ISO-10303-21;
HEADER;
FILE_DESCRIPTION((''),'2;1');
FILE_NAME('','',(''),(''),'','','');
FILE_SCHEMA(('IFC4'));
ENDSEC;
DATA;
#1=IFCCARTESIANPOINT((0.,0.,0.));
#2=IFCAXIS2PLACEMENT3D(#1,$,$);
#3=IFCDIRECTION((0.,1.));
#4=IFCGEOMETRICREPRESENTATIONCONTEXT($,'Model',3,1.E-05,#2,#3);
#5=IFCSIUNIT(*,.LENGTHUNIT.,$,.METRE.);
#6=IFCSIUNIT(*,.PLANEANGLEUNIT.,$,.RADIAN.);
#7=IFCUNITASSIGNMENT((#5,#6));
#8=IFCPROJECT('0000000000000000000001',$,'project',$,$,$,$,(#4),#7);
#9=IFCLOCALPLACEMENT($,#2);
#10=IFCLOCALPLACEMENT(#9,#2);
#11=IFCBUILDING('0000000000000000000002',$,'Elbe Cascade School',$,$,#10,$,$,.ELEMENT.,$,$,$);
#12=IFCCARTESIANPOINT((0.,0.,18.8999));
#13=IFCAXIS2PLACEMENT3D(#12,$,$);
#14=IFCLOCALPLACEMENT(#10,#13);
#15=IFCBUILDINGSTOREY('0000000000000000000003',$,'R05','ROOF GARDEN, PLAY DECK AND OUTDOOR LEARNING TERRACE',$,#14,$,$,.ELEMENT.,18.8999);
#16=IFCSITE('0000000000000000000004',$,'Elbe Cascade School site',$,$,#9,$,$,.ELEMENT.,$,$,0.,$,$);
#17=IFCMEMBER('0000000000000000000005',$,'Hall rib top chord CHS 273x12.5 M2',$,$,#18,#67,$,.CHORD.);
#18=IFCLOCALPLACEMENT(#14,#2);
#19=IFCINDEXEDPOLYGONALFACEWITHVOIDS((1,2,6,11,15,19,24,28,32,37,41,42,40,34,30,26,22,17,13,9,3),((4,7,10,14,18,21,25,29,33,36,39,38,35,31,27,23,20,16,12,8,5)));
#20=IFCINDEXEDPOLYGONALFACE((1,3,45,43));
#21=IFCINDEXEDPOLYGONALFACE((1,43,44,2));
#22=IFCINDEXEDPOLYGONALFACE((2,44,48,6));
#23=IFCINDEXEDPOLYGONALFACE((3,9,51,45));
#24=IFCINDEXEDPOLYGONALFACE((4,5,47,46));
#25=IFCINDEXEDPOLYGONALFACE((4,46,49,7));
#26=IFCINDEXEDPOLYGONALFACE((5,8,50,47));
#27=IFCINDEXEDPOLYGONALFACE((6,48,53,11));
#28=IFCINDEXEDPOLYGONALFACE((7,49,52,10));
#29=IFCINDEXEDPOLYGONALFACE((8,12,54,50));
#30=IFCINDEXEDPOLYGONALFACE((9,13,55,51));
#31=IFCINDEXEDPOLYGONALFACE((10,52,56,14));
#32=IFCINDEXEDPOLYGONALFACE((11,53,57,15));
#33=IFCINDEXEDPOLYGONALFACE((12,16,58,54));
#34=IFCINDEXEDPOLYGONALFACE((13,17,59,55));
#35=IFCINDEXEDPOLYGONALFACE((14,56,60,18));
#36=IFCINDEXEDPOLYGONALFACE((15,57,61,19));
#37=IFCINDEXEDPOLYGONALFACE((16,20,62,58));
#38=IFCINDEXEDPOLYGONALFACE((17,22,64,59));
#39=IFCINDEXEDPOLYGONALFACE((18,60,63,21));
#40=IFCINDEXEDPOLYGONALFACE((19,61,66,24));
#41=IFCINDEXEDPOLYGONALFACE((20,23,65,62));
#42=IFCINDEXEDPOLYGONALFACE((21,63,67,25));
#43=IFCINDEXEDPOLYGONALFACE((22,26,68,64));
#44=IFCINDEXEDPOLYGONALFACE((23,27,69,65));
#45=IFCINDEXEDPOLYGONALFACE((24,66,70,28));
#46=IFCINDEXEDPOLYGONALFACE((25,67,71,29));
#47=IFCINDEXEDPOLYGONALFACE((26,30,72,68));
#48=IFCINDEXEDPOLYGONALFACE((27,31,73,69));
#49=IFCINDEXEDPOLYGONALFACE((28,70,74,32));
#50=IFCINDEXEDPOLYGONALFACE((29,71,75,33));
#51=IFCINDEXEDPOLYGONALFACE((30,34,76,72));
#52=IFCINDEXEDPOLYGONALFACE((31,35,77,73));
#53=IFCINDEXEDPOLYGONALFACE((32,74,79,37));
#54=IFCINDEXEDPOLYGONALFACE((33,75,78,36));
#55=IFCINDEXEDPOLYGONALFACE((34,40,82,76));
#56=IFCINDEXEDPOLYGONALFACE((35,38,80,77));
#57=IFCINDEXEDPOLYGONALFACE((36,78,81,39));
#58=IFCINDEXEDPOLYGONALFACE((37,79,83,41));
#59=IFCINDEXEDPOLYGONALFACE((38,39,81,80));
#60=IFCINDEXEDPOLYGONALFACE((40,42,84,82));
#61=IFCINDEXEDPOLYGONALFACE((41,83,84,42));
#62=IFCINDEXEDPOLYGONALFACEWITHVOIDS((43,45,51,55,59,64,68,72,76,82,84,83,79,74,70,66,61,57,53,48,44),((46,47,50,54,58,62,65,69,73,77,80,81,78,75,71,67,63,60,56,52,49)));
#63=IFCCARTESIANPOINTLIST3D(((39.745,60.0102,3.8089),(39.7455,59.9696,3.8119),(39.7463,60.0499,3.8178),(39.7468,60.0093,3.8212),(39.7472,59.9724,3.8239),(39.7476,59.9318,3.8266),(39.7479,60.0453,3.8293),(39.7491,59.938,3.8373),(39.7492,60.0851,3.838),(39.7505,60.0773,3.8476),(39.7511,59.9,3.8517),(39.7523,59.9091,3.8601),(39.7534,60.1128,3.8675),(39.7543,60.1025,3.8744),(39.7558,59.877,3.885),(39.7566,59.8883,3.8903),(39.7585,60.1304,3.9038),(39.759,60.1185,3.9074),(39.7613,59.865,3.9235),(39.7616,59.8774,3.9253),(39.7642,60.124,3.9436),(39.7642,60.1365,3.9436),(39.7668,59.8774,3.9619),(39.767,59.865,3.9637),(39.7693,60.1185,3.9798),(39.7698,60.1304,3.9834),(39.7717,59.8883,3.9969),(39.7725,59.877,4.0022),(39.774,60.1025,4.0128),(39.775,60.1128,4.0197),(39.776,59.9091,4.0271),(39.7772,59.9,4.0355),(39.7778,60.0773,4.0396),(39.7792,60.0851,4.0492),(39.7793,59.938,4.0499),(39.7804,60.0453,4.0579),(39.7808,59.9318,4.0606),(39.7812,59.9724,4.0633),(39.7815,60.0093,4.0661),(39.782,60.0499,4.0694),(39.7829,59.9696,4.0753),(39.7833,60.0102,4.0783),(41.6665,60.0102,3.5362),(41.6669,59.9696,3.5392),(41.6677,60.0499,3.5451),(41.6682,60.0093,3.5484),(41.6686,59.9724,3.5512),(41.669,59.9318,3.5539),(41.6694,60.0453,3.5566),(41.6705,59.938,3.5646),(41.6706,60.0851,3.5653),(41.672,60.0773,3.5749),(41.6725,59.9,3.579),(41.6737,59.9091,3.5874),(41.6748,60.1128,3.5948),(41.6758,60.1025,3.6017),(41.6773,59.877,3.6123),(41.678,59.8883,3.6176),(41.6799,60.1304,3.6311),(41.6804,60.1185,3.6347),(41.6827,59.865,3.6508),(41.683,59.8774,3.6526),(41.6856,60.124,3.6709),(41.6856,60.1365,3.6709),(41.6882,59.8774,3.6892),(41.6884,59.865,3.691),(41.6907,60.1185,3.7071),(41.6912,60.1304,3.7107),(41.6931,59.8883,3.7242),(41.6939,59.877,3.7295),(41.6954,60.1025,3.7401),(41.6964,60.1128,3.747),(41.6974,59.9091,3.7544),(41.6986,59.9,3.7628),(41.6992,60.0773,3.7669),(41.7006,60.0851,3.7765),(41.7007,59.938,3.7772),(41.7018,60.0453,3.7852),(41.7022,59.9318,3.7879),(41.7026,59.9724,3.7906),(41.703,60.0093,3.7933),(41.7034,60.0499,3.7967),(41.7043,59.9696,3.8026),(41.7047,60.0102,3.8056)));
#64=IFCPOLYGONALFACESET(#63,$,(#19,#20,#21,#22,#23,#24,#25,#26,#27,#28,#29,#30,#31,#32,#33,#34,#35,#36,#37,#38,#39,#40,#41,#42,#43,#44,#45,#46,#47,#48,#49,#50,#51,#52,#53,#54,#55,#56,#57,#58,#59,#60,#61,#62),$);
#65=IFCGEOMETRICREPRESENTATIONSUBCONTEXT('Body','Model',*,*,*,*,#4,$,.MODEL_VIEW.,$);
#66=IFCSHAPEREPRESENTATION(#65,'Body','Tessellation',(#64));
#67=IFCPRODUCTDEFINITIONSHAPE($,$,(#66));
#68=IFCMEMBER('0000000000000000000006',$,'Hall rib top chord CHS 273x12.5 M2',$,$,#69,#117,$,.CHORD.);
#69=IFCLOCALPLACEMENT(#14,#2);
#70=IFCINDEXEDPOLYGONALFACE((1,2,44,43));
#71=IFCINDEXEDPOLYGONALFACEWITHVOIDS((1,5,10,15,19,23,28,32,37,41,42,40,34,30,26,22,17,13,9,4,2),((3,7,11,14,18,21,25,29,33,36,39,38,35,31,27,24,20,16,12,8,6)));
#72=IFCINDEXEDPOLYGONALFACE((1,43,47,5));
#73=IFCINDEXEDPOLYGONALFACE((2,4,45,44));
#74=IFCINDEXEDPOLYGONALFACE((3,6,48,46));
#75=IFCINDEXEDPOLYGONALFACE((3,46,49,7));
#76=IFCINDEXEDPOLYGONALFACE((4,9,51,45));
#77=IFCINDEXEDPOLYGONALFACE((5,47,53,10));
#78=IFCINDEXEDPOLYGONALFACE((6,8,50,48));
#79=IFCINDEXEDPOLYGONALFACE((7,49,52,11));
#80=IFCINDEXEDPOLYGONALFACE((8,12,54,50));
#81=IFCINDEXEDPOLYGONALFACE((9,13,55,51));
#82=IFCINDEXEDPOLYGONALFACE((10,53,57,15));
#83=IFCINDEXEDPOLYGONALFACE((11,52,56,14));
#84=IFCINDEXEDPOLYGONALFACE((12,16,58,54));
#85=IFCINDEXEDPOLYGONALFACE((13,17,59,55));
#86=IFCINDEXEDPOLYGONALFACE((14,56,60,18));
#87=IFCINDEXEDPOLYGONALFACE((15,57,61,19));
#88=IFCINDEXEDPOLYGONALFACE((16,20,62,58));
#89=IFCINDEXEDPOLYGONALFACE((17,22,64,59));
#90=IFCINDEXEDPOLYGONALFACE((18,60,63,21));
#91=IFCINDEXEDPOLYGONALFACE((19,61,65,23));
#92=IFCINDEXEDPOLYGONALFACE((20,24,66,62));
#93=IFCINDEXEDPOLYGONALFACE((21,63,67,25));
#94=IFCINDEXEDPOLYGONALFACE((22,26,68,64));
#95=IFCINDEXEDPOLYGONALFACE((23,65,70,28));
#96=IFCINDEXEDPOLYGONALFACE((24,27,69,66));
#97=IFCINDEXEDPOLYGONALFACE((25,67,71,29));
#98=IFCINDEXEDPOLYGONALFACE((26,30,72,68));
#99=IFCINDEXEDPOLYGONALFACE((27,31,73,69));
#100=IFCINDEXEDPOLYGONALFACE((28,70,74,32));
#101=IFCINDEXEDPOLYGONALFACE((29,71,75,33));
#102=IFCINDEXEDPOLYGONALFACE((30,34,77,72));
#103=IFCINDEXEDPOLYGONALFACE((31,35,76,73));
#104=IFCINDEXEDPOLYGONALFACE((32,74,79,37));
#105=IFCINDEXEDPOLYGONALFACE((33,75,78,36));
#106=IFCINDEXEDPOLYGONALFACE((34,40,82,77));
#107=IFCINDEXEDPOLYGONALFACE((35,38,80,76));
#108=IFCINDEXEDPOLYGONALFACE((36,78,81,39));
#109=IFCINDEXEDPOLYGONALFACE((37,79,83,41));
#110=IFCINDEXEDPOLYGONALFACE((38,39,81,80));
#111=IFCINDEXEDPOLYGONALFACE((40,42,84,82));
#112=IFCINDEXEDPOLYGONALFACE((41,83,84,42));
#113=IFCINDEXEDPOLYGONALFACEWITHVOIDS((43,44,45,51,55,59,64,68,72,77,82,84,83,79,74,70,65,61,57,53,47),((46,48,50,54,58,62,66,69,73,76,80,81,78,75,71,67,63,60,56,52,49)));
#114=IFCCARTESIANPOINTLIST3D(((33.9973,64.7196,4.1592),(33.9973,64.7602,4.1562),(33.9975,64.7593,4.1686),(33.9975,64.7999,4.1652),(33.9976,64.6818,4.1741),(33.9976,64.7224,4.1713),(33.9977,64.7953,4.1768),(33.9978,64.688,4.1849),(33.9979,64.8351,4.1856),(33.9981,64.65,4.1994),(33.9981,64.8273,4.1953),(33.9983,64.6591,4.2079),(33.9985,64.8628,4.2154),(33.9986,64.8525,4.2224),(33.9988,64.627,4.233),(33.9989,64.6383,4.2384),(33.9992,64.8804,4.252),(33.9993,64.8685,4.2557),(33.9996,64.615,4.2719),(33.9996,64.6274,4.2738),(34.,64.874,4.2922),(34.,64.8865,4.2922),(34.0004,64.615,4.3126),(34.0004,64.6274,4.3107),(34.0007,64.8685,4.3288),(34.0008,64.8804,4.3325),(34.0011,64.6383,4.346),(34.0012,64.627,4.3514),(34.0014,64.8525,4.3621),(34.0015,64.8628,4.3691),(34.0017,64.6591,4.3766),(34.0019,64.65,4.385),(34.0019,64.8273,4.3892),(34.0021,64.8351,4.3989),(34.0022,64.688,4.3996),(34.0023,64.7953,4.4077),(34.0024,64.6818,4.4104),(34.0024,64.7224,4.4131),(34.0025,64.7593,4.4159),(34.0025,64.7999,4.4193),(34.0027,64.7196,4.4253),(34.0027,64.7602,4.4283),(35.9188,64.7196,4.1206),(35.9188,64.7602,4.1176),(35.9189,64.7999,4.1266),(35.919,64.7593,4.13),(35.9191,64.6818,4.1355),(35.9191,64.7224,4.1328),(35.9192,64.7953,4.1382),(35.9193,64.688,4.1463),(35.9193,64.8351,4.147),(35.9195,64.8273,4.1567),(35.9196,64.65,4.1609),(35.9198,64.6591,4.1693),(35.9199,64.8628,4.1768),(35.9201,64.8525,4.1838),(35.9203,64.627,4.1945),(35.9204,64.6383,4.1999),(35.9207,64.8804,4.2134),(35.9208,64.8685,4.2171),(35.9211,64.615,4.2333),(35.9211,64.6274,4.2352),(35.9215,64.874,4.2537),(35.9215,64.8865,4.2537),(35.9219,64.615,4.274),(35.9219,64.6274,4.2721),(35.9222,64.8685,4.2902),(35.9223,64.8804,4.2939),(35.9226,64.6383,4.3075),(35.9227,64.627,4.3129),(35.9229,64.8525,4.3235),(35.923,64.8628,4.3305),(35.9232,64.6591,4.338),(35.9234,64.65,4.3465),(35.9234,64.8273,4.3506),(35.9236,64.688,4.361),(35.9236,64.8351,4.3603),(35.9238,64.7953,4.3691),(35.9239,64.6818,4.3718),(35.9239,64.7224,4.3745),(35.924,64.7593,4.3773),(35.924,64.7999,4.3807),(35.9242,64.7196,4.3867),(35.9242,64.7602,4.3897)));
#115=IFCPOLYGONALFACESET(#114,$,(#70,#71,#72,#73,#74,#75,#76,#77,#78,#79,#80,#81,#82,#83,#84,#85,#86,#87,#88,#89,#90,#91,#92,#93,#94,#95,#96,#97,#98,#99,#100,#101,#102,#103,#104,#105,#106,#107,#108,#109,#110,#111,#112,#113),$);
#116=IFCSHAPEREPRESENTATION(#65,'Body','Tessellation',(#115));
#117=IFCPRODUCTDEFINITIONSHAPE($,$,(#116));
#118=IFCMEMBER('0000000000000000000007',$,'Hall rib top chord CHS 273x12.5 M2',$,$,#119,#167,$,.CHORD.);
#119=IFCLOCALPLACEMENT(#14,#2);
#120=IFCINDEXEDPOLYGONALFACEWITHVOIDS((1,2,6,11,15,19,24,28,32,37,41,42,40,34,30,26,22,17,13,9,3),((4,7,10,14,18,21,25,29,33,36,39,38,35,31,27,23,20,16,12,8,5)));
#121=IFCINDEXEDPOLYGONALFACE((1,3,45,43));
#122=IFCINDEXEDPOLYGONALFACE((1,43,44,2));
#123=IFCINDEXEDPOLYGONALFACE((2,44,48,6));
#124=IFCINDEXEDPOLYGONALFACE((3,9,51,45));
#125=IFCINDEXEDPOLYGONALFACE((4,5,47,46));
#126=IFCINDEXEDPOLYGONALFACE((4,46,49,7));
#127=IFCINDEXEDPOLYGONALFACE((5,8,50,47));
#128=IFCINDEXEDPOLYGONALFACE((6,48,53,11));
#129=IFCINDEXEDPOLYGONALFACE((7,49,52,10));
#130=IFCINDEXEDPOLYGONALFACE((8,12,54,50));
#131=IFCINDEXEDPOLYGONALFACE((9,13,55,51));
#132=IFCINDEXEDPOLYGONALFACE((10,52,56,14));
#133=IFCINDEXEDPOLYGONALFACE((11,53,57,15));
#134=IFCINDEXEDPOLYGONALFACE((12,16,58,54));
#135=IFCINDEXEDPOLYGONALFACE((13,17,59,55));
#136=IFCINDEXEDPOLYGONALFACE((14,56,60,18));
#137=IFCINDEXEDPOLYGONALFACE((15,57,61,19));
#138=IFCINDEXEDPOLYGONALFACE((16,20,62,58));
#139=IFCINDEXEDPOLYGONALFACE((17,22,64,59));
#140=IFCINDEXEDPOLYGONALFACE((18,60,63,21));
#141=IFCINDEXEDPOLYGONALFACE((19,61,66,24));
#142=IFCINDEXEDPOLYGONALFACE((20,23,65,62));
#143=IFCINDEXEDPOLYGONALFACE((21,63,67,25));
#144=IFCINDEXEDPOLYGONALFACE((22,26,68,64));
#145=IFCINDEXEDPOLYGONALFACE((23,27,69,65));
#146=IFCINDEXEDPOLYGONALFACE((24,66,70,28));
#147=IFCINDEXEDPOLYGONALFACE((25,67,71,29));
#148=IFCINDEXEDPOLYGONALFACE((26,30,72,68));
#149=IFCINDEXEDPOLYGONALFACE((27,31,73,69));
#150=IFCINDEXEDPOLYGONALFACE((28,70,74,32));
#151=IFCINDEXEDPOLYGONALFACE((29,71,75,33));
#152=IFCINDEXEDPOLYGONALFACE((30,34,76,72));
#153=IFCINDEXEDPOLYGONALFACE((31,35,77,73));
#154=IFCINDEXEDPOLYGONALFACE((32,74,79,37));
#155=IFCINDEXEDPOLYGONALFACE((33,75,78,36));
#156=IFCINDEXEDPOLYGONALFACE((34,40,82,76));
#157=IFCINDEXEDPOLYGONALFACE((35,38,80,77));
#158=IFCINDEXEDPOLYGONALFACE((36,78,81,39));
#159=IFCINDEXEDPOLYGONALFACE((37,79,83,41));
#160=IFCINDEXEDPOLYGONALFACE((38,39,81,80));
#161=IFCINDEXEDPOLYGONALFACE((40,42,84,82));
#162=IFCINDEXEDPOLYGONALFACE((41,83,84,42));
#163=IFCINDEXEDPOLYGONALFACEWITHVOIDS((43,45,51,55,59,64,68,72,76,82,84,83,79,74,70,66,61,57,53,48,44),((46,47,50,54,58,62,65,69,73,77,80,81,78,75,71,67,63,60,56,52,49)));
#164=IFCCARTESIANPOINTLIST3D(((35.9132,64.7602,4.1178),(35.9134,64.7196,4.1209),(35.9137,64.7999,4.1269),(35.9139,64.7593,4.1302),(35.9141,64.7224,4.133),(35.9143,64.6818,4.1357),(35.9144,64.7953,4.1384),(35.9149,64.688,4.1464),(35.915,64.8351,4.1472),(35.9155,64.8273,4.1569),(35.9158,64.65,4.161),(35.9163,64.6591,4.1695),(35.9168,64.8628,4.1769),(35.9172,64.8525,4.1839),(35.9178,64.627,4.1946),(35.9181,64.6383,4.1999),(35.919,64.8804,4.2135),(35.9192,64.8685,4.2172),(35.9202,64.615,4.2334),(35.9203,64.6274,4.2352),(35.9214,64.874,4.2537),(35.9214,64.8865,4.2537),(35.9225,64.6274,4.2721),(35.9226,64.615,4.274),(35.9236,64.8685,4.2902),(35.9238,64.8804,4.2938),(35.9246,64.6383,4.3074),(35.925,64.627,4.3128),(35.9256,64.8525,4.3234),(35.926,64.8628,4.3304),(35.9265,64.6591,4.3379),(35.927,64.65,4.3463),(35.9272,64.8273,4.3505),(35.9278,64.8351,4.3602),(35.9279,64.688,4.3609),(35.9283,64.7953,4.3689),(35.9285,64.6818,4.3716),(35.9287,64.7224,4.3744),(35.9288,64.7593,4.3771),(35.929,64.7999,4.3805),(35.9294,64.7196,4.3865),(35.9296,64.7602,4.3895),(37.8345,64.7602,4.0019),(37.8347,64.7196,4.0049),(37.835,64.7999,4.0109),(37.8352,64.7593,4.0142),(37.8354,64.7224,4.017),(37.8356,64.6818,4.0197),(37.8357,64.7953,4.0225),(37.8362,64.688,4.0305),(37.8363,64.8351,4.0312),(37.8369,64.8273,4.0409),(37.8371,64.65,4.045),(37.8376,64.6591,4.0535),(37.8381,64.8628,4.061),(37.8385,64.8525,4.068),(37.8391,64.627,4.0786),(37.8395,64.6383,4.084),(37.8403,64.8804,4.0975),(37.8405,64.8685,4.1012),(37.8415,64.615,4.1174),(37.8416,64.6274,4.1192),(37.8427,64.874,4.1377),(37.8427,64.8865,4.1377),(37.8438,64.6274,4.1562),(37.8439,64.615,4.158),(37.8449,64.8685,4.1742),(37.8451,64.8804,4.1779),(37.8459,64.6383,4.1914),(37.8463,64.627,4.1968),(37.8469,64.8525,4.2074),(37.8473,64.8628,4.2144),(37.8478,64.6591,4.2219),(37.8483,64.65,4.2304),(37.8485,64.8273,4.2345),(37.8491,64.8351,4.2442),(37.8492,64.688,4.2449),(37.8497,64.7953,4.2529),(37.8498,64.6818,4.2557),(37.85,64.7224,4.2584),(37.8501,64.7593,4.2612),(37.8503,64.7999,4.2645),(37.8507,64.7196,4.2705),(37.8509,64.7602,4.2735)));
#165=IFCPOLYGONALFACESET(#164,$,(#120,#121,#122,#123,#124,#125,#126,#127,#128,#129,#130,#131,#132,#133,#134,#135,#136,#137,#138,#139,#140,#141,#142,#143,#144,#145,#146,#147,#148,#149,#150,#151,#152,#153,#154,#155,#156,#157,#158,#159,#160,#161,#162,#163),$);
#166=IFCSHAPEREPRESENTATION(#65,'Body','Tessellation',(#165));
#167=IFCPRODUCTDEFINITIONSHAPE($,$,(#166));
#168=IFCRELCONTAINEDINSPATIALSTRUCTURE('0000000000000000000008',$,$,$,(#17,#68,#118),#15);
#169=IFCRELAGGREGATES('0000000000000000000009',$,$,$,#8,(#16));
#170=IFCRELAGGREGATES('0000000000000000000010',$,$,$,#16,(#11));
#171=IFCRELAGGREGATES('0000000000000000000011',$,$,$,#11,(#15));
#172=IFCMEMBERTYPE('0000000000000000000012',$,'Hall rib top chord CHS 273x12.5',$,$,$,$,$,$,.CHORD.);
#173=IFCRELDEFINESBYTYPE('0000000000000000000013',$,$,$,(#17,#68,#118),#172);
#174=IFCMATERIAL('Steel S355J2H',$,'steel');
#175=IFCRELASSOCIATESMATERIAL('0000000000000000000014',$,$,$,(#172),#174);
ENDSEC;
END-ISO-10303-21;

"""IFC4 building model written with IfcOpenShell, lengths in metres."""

from ifc_helpers import new_model, si_unit, direction, frame, origin, origin_2d, place, context, subcontext, project, spatial, hollow_circle, extrude, material, material_profile, profile_set, type_object, element, save


model = new_model("IFC4")

# Units and contexts
model_context = context("Model", 3, precision=1e-05, world=origin(), true_north=direction((0.0, 1.0)))
body_context = subcontext(model_context, "Body", "Model", "MODEL_VIEW")
ifc_project = project(units=[si_unit("LENGTHUNIT", "METRE"), si_unit("PLANEANGLEUNIT", "RADIAN")], contexts=[model_context])

# Site, building, storey
site_placement = place(None, origin())
site = spatial("IfcSite", under=ifc_project, at=site_placement, Name="Elbe Cascade School site", CompositionType="ELEMENT", RefElevation=0.0)
building_placement = place(site_placement, origin())
building = spatial("IfcBuilding", under=site, at=building_placement, Name="Elbe Cascade School", CompositionType="ELEMENT")
storey_placement = place(building_placement, frame((0.0, 0.0, 18.8999)))
storey = spatial("IfcBuildingStorey", under=building, at=storey_placement, Name="R05", Description="ROOF GARDEN, PLAY DECK AND OUTDOOR LEARNING TERRACE", CompositionType="ELEMENT", Elevation=18.8999)

# Members
ifc_material_1 = material(Name="Steel S355J2H", Category="steel")
ifc_material_profile_1 = material_profile(ifc_material_1, hollow_circle(Radius=0.1365, WallThickness=0.0125, at=origin_2d()), Name="CHS 273x12.5")
ifc_profile_set_1 = profile_set([ifc_material_profile_1], Name="Steel S355J2H")
member_type_1 = type_object("IfcMemberType", Name="Hall rib top chord CHS 273x12.5", PredefinedType="CHORD", material=ifc_profile_set_1)
member_1_placement = place(storey_placement, frame((39.7642, 60.0, 3.9436), z_axis=(0.990077, 0.0, -0.140523), x_axis=(0.0, 1.0, 0.0)))
element("IfcMember", 1, at=member_1_placement, inside=storey, type_object=member_type_1, Name="Hall rib top chord CHS 273x12.5 M2", PredefinedType="CHORD", context=body_context, shape_type="SweptSolid", body=[
    extrude(hollow_circle(Radius=0.1365, WallThickness=0.0125, at=origin_2d()), origin(), (0.0, 0.0, 1.0), 1.9407),
])
member_2_placement = place(storey_placement, frame((34.0, 64.75, 4.2922), z_axis=(0.999799, 0.0, -0.020072), x_axis=(0.0, 1.0, 0.0)))
element("IfcMember", 2, at=member_2_placement, inside=storey, type_object=member_type_1, Name="Hall rib top chord CHS 273x12.5 M2", PredefinedType="CHORD", context=body_context, shape_type="SweptSolid", body=[
    extrude(hollow_circle(Radius=0.1365, WallThickness=0.0125, at=origin_2d()), origin(), (0.0, 0.0, 1.0), 1.9219),
])
member_3_placement = place(storey_placement, frame((35.9214, 64.75, 4.2537), z_axis=(0.998184, 0.0, -0.060246), x_axis=(0.0, 1.0, 0.0)))
element("IfcMember", 3, at=member_3_placement, inside=storey, type_object=member_type_1, Name="Hall rib top chord CHS 273x12.5 M2", PredefinedType="CHORD", context=body_context, shape_type="SweptSolid", body=[
    extrude(hollow_circle(Radius=0.1365, WallThickness=0.0125, at=origin_2d()), origin(), (0.0, 0.0, 1.0), 1.9248),
])

save(model, "model.ifc")
